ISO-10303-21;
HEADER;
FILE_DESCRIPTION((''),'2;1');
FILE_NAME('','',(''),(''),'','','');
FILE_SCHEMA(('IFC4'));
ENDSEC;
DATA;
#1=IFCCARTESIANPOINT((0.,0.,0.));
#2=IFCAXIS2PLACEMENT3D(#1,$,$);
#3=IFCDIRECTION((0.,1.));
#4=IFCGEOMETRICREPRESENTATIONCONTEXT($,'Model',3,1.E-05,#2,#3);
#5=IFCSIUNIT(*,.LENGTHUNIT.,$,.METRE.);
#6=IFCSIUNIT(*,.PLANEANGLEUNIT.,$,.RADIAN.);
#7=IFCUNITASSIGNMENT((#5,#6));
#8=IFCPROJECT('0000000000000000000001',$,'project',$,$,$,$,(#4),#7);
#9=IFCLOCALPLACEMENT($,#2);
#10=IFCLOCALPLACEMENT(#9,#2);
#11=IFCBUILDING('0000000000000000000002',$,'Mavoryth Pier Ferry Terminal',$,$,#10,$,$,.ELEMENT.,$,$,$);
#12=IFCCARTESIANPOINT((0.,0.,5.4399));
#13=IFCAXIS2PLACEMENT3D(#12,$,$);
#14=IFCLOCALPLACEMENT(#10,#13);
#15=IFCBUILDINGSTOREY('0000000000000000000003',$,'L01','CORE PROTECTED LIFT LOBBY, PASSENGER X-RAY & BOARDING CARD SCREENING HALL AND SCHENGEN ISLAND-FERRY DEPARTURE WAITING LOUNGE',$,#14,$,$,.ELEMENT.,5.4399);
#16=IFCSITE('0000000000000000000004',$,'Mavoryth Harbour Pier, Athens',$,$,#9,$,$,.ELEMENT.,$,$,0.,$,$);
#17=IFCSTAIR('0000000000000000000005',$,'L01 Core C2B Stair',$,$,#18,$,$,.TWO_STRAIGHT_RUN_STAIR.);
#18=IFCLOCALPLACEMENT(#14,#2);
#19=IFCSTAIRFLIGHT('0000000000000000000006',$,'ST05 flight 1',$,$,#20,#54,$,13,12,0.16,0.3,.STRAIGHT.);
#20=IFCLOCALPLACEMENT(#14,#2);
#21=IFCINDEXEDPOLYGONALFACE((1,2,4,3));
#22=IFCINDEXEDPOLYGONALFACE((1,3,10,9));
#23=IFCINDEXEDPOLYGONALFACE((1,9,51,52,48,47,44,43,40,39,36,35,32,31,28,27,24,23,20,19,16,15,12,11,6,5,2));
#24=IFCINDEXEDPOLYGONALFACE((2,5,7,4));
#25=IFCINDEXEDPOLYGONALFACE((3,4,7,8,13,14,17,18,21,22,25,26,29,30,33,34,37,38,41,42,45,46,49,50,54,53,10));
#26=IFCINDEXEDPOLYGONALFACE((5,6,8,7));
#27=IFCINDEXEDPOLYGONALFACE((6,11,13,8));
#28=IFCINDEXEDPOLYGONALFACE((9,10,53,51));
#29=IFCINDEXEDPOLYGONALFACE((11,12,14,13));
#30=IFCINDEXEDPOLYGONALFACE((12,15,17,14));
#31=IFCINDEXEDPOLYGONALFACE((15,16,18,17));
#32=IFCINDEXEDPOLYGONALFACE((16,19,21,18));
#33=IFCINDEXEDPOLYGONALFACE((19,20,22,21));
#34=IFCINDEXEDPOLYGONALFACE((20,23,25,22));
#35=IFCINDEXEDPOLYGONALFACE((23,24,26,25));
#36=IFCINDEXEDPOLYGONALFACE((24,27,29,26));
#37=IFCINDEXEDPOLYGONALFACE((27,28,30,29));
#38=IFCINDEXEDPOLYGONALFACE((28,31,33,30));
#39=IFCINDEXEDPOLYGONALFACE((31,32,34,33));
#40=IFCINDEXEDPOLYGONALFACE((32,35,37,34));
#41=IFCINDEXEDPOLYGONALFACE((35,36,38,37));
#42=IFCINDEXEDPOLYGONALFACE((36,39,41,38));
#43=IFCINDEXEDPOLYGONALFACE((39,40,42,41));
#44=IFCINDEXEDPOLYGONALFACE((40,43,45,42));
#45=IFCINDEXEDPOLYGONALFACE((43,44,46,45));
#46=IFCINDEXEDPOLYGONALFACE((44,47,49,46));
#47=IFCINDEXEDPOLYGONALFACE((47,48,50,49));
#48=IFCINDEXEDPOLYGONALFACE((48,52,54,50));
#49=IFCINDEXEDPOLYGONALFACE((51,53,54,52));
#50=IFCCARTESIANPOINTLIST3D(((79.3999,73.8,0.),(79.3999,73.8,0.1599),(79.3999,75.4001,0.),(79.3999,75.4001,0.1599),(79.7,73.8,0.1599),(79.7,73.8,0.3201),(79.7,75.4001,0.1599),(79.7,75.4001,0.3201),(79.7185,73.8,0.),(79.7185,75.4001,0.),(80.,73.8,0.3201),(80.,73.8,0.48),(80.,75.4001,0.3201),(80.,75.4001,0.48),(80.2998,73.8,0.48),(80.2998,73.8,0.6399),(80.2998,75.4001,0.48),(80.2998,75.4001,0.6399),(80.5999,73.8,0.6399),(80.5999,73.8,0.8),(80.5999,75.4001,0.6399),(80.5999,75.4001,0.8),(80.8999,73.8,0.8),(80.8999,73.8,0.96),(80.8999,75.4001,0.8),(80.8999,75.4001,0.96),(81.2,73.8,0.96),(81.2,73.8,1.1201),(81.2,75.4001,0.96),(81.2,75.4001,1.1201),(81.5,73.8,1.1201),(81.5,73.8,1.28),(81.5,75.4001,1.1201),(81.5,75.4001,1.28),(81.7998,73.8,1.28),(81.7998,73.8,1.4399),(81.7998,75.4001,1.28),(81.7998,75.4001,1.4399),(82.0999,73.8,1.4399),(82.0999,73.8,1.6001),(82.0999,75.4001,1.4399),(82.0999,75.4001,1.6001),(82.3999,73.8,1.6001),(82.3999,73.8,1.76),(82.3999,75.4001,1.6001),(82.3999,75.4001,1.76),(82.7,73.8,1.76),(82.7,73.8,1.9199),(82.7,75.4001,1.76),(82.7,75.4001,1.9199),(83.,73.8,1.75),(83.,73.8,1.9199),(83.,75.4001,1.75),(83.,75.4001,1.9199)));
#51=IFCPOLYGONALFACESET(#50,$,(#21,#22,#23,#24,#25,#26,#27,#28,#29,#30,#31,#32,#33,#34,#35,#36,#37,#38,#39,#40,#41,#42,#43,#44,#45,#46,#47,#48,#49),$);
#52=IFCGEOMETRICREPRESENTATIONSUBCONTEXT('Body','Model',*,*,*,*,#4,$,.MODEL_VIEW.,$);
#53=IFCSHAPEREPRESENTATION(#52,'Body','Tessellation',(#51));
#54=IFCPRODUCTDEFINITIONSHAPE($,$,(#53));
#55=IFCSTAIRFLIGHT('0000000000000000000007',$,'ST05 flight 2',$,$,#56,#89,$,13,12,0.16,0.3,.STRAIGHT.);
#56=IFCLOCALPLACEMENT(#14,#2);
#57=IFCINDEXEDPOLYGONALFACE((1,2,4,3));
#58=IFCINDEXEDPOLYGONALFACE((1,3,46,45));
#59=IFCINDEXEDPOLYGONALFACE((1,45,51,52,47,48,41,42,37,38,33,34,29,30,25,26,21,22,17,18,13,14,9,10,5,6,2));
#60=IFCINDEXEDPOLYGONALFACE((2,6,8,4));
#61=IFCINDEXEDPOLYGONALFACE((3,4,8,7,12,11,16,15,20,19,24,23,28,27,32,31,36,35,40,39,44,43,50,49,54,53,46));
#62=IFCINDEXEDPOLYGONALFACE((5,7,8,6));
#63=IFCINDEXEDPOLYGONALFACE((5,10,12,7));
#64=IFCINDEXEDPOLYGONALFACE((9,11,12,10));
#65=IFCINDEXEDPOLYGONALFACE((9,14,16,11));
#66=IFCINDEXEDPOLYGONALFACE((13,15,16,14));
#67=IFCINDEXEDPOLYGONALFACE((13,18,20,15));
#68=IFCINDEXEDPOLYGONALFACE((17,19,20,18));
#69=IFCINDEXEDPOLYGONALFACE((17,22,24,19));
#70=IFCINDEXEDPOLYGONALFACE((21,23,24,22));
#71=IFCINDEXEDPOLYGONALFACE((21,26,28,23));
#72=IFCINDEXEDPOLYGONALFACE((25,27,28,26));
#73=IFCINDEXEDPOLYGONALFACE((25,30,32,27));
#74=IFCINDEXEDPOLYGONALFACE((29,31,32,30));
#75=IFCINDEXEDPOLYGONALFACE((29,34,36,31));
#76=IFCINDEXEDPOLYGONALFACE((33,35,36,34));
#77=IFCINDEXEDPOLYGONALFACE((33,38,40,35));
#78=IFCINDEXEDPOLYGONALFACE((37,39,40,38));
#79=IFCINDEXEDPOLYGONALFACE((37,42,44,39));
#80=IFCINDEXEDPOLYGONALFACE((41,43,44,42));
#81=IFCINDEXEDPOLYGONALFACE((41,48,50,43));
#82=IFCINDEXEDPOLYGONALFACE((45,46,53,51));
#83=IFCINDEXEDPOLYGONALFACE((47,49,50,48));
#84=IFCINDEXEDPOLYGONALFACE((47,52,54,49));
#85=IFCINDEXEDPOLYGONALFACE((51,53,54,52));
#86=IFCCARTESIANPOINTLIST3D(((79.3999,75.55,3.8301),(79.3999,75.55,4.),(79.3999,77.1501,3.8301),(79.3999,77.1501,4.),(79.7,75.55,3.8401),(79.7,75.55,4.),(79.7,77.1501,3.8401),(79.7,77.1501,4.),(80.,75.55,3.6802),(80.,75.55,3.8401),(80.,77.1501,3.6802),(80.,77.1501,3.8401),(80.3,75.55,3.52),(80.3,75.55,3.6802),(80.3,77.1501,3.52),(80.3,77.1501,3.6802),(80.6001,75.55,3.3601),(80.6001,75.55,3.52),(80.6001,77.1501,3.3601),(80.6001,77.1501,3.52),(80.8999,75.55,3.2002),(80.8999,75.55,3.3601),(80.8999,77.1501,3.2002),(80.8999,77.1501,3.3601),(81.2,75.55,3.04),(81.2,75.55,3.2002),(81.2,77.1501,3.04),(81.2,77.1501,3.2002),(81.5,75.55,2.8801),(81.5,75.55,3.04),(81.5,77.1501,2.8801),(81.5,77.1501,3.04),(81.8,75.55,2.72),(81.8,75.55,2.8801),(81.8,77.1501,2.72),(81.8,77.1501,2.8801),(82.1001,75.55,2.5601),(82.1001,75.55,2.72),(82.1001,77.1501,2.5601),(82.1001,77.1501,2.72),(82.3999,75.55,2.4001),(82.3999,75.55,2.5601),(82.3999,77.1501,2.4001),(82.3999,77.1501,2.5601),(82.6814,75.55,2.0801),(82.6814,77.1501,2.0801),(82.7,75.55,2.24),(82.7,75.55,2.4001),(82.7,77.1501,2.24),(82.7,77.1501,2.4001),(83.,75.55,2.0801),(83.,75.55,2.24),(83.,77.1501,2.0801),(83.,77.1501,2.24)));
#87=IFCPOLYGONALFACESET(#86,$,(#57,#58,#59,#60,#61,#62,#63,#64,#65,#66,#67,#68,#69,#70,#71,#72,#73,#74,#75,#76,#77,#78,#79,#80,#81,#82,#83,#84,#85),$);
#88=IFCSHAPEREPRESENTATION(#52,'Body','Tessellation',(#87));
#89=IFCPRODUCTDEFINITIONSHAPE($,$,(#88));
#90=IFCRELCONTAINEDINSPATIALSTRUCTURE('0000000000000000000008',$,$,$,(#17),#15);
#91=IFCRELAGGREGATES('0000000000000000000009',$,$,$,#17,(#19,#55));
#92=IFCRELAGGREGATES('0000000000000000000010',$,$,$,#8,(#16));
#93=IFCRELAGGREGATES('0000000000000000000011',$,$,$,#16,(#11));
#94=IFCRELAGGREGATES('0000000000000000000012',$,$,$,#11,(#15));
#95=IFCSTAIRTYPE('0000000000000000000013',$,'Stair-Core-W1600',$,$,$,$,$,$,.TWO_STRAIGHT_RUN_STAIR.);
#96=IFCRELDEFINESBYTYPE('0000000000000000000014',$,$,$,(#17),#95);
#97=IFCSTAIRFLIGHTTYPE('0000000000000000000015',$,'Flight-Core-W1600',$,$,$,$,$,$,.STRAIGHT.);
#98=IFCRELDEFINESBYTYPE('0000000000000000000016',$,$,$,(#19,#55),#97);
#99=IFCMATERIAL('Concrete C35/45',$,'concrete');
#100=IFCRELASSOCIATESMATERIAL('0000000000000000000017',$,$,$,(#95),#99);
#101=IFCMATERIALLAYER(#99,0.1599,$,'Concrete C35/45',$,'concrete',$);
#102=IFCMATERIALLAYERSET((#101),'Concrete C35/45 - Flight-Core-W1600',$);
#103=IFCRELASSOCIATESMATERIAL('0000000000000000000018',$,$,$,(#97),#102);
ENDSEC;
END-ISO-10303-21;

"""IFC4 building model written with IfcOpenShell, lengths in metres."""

from ifc_helpers import new_model, si_unit, direction, frame, origin, place, context, subcontext, project, spatial, polyline, outline, extrude, material, layer, layer_set, type_object, element, aggregate, save


model = new_model("IFC4")

# Units and contexts
model_context = context("Model", 3, precision=1e-05, world=origin(), true_north=direction((0.0, 1.0)))
body_context = subcontext(model_context, "Body", "Model", "MODEL_VIEW")
ifc_project = project(units=[si_unit("LENGTHUNIT", "METRE"), si_unit("PLANEANGLEUNIT", "RADIAN")], contexts=[model_context])

# Site, building, storey
site_placement = place(None, origin())
site = spatial("IfcSite", under=ifc_project, at=site_placement, Name="Mavoryth Harbour Pier, Athens", CompositionType="ELEMENT", RefElevation=0.0)
building_placement = place(site_placement, origin())
building = spatial("IfcBuilding", under=site, at=building_placement, Name="Mavoryth Pier Ferry Terminal", CompositionType="ELEMENT")
storey_placement = place(building_placement, frame((0.0, 0.0, 5.4399)))
storey = spatial("IfcBuildingStorey", under=building, at=storey_placement, Name="L01", Description="CORE PROTECTED LIFT LOBBY, PASSENGER X-RAY & BOARDING CARD SCREENING HALL AND SCHENGEN ISLAND-FERRY DEPARTURE WAITING LOUNGE", CompositionType="ELEMENT", Elevation=5.4399)

# Shared definitions
ifc_material_1 = material(Name="Concrete C35/45", Category="concrete")

# Stair, stair flights
stair_type = type_object("IfcStairType", Name="Stair-Core-W1600", PredefinedType="TWO_STRAIGHT_RUN_STAIR", material=ifc_material_1)
stair_placement = place(storey_placement, origin())
stair = element("IfcStair", 1, at=stair_placement, inside=storey, type_object=stair_type, Name="L01 Core C2B Stair", PredefinedType="TWO_STRAIGHT_RUN_STAIR")
ifc_layer_1 = layer(ifc_material_1, 0.1599, Name="Concrete C35/45", Category="concrete")
ifc_layer_set_1 = layer_set([ifc_layer_1], Name="Concrete C35/45 - Flight-Core-W1600")
stair_flight_type = type_object("IfcStairFlightType", Name="Flight-Core-W1600", PredefinedType="STRAIGHT", material=ifc_layer_set_1)
stair_flight_1_placement = place(storey_placement, frame((79.3999, 74.6001, 0.0), z_axis=(0.0, 0.0, 1.0), x_axis=(1.0, 0.0, 0.0)))
stair_flight_1 = element("IfcStairFlight", 2, at=stair_flight_1_placement, type_object=stair_flight_type, Name="ST05 flight 1", NumberOfRisers=13, NumberOfTreads=12, PredefinedType="STRAIGHT", RiserHeight=0.16, TreadLength=0.3, context=body_context, shape_type="SweptSolid", body=[
    extrude(outline(polyline([(0.0, 0.0), (0.0, 0.1599), (0.3, 0.1599), (0.3, 0.3201), (0.6001, 0.3201), (0.6001, 0.48), (0.8999, 0.48), (0.8999, 0.6399), (1.2, 0.6399), (1.2, 0.8), (1.5, 0.8), (1.5, 0.96), (1.8, 0.96), (1.8, 1.1201), (2.1001, 1.1201), (2.1001, 1.28), (2.3999, 1.28), (2.3999, 1.4399), (2.7, 1.4399), (2.7, 1.6001), (3.0, 1.6001), (3.0, 1.76), (3.3, 1.76), (3.3, 1.9199), (3.6001, 1.9199), (3.6001, 2.0801), (3.6001, 1.75), (0.3186, 0.0), (0.0, 0.0)])), frame((0.0, 0.8, 0.0), z_axis=(0.0, -1.0, 0.0), x_axis=(1.0, 0.0, 0.0)), (0.0, 0.0, 1.0), 1.6001),
])
stair_flight_2_placement = place(storey_placement, frame((83.0, 76.3501, 2.0801), z_axis=(0.0, 0.0, 1.0), x_axis=(-1.0, 0.0, 0.0)))
stair_flight_2 = element("IfcStairFlight", 3, at=stair_flight_2_placement, type_object=stair_flight_type, Name="ST05 flight 2", NumberOfRisers=13, NumberOfTreads=12, PredefinedType="STRAIGHT", RiserHeight=0.16, TreadLength=0.3, context=body_context, shape_type="SweptSolid", body=[
    extrude(outline(polyline([(0.0, 0.0), (0.0, 0.1599), (0.3, 0.1599), (0.3, 0.3201), (0.6001, 0.3201), (0.6001, 0.48), (0.8999, 0.48), (0.8999, 0.6399), (1.2, 0.6399), (1.2, 0.8), (1.5, 0.8), (1.5, 0.96), (1.8, 0.96), (1.8, 1.1201), (2.1001, 1.1201), (2.1001, 1.28), (2.3999, 1.28), (2.3999, 1.4399), (2.7, 1.4399), (2.7, 1.6001), (3.0, 1.6001), (3.0, 1.76), (3.3, 1.76), (3.3, 1.9199), (3.6001, 1.9199), (3.6001, 2.0801), (3.6001, 1.75), (0.3186, 0.0), (0.0, 0.0)])), frame((0.0, 0.8, 0.0), z_axis=(0.0, -1.0, 0.0), x_axis=(1.0, 0.0, 0.0)), (0.0, 0.0, 1.0), 1.6001),
])
aggregate(stair, [stair_flight_1, stair_flight_2])

save(model, "model.ifc")
